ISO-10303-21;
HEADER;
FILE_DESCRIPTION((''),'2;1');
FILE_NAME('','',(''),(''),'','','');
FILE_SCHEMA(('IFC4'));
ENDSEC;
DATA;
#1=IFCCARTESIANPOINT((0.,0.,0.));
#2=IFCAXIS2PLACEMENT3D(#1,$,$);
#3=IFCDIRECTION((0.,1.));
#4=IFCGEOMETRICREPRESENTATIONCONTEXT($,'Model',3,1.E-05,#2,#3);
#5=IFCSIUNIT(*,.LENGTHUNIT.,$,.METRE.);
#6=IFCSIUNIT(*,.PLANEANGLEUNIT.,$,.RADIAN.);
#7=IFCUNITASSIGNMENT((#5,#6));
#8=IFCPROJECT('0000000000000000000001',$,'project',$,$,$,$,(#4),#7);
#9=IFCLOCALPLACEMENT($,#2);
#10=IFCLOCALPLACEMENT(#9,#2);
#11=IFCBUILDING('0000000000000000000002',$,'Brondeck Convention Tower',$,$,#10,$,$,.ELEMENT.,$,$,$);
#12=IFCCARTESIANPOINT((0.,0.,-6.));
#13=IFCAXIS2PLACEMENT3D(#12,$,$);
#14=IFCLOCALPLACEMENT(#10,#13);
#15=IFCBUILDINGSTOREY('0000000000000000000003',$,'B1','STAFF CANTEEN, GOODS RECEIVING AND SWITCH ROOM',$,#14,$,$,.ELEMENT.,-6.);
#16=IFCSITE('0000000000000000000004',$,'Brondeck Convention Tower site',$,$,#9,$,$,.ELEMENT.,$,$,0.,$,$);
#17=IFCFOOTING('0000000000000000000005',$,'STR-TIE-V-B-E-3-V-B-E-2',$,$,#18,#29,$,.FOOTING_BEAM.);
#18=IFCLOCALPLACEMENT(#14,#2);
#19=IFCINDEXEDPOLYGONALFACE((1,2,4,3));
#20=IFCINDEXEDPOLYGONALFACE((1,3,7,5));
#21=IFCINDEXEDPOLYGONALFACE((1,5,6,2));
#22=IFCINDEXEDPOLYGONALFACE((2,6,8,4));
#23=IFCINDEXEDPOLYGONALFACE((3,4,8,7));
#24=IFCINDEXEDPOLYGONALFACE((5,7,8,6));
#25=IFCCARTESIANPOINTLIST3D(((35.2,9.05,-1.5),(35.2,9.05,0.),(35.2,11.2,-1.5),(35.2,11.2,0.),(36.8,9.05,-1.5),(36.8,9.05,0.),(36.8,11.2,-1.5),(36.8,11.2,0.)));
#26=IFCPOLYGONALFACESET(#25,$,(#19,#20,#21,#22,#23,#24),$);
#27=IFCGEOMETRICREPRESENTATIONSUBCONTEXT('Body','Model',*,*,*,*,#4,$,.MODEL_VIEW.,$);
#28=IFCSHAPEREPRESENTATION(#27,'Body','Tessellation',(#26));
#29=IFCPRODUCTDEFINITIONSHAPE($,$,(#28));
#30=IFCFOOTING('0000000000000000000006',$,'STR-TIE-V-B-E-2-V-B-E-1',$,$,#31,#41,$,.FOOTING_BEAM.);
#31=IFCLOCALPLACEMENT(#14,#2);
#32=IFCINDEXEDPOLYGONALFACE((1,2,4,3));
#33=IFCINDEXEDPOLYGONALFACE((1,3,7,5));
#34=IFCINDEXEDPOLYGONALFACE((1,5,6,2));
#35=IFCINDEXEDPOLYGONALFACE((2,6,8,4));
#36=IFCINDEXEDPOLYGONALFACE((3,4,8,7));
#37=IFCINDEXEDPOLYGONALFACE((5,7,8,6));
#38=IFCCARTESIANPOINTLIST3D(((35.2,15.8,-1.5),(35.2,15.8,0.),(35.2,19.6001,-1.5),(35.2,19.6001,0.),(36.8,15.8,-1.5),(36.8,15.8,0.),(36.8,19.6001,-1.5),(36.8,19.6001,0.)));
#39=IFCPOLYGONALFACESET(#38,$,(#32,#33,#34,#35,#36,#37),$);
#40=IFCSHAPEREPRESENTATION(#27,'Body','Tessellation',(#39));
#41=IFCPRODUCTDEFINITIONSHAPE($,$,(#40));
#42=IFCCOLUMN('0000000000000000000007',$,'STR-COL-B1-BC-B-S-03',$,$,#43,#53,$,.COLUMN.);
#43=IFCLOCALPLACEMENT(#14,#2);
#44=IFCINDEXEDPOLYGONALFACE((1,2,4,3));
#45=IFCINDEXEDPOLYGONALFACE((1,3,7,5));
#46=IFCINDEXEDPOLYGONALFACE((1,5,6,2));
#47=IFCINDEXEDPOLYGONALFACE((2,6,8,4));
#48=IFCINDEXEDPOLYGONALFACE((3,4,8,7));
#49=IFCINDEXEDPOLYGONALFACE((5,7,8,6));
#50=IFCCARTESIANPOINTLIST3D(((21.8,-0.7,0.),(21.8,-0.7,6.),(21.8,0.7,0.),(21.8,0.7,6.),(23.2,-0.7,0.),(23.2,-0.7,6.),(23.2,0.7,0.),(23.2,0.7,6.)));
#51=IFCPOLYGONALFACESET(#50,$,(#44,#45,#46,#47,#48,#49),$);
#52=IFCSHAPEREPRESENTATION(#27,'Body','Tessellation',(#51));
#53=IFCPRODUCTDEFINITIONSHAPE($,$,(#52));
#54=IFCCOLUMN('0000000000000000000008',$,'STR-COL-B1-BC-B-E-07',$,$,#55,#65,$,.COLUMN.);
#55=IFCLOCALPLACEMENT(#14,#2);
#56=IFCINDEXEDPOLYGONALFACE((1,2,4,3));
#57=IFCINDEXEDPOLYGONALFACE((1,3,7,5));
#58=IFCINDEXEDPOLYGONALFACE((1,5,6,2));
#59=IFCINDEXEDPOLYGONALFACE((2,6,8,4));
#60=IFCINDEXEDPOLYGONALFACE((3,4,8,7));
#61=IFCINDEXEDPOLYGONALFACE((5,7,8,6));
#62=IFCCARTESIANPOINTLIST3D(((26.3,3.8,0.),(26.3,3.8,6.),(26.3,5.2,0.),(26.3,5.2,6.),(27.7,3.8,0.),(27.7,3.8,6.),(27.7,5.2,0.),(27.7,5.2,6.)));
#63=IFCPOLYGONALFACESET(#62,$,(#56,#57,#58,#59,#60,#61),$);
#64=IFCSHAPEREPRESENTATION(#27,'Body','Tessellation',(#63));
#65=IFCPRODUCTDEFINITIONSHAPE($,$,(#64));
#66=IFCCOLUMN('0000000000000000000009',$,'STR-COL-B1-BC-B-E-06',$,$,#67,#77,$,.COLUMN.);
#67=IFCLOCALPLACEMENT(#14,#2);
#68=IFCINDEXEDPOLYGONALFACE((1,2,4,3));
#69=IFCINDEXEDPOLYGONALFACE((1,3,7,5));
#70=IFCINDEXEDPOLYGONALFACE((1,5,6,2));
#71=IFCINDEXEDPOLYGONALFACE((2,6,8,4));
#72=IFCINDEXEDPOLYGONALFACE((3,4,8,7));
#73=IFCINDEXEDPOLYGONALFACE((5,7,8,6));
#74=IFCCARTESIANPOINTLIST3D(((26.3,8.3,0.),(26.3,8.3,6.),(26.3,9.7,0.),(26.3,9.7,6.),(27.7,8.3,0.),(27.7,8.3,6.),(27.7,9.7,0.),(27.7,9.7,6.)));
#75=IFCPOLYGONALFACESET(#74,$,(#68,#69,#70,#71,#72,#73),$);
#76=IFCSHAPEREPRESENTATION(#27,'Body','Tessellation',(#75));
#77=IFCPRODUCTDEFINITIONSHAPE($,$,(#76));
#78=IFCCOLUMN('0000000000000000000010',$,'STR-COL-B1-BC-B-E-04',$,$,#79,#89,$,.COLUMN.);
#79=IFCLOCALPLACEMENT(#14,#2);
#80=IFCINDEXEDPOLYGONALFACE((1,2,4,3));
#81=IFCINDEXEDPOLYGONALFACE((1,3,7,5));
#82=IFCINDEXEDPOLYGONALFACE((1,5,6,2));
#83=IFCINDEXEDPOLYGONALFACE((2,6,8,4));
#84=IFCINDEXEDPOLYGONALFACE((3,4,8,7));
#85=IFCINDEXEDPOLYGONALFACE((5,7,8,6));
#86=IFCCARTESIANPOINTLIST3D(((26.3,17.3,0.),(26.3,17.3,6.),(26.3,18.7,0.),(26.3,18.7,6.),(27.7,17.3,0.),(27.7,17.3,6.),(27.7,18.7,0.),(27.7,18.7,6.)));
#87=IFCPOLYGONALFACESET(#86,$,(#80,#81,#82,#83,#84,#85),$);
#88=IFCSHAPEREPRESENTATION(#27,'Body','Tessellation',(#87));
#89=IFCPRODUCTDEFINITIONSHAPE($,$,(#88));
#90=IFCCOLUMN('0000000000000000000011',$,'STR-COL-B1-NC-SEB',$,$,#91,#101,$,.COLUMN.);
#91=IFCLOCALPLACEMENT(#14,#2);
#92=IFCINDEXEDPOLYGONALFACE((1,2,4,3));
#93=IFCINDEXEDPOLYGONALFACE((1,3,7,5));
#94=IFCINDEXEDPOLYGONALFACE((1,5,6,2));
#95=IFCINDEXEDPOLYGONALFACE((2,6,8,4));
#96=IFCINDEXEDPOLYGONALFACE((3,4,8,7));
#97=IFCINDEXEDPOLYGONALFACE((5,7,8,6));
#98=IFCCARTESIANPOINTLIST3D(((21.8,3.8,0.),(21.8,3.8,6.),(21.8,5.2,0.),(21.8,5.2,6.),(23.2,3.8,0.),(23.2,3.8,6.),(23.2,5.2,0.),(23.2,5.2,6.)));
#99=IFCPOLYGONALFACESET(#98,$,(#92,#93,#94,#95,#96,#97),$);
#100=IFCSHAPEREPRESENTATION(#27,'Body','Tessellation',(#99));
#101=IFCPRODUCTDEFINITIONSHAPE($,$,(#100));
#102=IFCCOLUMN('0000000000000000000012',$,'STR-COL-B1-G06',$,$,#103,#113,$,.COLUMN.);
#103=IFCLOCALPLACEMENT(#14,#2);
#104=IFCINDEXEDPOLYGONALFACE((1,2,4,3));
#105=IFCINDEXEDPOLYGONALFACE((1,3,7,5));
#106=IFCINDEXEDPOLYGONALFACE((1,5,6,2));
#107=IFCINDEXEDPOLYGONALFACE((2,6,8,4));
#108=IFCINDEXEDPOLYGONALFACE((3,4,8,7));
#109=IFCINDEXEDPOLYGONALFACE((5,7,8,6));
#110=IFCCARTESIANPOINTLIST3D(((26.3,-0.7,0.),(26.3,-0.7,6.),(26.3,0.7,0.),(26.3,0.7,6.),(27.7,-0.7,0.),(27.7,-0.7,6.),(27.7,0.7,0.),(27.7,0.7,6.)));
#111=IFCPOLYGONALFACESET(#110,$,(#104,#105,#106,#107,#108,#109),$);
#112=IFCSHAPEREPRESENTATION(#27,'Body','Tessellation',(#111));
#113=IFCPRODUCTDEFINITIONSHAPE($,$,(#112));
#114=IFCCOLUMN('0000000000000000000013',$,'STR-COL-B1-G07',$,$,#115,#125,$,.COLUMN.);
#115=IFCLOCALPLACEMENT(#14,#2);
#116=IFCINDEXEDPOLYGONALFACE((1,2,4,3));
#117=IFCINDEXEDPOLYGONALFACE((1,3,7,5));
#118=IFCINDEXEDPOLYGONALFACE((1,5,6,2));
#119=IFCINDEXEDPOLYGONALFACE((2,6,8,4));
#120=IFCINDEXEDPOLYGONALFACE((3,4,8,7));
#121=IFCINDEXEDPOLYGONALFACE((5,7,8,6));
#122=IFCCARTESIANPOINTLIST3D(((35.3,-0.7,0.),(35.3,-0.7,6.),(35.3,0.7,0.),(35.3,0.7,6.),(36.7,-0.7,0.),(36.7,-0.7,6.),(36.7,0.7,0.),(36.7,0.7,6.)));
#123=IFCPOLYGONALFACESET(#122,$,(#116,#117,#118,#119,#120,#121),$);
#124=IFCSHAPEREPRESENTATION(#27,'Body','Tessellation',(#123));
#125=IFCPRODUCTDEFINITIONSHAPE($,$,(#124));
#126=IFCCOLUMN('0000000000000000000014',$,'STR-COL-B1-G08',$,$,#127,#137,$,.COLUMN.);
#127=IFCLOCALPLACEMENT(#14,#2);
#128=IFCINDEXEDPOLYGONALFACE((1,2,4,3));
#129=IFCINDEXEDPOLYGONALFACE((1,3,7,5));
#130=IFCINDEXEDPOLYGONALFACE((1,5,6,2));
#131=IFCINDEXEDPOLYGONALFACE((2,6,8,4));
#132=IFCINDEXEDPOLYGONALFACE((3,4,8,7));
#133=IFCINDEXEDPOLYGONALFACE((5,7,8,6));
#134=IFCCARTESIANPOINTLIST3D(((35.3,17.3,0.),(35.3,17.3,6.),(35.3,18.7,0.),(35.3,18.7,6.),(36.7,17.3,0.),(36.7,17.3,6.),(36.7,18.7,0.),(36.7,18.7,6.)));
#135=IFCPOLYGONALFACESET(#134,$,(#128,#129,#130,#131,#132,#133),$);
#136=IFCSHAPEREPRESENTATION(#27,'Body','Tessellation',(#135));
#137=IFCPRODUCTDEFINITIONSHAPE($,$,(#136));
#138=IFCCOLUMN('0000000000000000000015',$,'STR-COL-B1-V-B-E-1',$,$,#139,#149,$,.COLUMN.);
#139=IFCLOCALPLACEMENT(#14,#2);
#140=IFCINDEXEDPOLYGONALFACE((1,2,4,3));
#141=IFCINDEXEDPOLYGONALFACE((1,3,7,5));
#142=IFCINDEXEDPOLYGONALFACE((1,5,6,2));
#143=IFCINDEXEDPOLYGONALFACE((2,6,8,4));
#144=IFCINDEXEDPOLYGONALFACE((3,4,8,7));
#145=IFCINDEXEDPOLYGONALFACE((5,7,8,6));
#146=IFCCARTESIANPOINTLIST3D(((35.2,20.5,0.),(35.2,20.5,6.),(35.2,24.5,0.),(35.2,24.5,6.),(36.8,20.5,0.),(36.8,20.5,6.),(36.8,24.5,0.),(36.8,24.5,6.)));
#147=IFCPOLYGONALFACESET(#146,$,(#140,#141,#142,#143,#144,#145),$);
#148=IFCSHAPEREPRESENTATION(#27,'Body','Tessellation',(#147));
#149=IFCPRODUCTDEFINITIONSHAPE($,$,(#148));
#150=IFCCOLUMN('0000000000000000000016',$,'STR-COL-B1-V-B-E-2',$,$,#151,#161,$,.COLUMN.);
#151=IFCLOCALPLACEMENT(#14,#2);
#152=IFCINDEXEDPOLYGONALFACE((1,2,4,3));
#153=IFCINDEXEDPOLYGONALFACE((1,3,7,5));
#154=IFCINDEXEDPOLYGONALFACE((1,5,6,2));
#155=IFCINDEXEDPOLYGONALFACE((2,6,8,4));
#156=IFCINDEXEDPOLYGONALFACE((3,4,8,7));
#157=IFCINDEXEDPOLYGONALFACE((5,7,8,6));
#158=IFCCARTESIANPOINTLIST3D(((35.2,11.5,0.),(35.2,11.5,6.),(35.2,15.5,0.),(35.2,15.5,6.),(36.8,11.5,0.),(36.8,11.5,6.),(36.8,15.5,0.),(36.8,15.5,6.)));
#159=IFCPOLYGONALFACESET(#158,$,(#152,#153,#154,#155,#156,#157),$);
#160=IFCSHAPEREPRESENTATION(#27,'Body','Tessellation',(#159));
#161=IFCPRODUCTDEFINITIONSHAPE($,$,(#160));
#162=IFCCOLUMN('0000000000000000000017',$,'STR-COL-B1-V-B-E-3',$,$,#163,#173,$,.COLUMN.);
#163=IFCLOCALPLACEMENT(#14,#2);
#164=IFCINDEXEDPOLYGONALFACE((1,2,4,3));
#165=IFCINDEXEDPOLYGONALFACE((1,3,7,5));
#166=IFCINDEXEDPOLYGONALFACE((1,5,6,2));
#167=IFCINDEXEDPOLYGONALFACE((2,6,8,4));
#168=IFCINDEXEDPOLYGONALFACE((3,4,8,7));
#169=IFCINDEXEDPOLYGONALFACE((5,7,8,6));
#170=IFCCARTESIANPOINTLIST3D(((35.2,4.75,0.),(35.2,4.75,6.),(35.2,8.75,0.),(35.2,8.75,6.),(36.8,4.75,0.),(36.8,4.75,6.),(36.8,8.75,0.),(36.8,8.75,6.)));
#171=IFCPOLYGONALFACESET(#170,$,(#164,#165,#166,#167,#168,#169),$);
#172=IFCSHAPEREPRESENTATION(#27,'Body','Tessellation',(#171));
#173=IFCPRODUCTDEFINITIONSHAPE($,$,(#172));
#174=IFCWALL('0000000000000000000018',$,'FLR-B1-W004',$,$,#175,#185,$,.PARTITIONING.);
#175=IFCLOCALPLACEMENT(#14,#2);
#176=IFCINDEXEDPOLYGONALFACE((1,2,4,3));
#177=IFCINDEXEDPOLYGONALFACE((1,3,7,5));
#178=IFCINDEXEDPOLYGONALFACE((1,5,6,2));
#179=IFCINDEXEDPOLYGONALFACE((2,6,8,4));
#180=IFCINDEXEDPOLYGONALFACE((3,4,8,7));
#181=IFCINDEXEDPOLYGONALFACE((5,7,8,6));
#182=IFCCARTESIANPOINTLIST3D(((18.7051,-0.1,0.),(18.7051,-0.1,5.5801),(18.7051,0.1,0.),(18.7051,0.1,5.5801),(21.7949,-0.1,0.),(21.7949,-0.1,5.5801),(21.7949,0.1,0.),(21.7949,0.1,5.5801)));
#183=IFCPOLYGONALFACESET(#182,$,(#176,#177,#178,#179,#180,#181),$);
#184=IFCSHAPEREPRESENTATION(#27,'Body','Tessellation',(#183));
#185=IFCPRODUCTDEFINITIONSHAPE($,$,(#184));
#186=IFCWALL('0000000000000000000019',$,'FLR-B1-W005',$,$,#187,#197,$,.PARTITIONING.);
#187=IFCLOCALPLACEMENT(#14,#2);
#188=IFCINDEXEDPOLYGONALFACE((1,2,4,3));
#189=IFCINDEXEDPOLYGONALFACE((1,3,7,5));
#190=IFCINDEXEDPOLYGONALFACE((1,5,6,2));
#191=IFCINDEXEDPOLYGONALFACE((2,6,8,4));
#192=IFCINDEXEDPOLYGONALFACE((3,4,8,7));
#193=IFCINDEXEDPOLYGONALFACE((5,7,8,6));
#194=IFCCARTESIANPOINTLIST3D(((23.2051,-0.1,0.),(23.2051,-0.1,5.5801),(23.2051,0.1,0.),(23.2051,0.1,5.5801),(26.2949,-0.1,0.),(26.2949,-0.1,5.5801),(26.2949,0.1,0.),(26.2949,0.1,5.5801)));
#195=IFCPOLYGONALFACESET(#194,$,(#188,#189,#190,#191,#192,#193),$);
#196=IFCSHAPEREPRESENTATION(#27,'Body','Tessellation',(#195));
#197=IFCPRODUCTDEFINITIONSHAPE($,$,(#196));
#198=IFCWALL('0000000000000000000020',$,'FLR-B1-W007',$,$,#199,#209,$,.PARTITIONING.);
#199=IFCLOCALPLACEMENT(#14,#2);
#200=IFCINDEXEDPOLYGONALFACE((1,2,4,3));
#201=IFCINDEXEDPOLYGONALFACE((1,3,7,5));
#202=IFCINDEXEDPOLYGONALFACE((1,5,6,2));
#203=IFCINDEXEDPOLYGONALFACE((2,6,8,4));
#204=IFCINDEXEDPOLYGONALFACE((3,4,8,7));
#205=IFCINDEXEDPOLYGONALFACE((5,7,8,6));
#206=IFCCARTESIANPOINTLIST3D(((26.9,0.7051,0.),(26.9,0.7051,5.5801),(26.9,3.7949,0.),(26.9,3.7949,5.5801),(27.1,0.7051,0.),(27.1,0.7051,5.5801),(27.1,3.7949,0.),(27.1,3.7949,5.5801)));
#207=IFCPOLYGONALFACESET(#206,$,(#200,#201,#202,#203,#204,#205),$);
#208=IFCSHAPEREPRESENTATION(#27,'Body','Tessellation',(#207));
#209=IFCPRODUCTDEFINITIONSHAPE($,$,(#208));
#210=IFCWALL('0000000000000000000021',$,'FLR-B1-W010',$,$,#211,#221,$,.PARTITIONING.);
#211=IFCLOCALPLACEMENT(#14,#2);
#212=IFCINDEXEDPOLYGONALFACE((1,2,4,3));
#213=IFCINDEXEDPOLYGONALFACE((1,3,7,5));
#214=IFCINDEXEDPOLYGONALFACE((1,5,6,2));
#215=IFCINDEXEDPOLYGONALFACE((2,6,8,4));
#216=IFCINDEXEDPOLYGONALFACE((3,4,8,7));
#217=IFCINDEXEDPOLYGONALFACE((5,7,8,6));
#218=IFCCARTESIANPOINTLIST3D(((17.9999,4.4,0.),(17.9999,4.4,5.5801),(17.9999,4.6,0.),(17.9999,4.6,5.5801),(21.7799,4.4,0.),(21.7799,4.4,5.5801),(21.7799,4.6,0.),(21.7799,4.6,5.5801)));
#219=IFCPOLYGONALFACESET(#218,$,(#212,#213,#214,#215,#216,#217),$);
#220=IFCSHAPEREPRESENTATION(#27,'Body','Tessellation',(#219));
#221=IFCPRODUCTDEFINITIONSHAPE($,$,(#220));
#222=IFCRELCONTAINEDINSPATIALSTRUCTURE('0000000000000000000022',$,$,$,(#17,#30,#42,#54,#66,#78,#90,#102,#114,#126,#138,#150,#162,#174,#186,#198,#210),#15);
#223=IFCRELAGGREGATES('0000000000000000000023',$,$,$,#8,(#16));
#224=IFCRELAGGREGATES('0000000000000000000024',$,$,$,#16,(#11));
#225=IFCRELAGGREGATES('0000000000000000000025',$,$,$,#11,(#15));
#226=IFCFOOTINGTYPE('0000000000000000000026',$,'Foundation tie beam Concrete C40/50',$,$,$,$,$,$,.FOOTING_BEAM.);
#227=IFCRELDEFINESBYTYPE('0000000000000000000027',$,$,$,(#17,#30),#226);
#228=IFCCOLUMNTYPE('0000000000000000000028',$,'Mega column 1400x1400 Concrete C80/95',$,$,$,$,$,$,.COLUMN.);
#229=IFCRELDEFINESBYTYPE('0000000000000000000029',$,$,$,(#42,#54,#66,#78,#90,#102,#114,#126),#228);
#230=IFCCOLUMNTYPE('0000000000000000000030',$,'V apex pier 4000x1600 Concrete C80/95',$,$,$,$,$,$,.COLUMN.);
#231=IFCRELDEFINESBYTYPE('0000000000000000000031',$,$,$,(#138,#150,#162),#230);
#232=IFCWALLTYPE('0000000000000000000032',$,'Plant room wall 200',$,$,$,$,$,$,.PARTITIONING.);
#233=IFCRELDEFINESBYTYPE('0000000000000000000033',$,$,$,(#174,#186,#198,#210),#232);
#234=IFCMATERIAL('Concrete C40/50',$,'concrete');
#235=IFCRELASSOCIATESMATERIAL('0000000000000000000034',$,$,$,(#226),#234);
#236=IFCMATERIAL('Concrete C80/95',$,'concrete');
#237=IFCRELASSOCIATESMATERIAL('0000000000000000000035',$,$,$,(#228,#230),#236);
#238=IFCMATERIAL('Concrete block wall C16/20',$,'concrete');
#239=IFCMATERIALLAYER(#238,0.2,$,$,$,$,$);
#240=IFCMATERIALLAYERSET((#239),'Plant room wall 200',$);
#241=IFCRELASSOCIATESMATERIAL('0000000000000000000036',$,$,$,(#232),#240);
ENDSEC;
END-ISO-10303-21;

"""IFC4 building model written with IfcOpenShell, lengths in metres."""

from ifc_helpers import new_model, si_unit, direction, frame, frame_2d, origin, origin_2d, place, context, subcontext, project, spatial, rectangle, extrude, material, layer, layer_set, material_profile, profile_set, type_object, element, save


model = new_model("IFC4")

# Units and contexts
model_context = context("Model", 3, precision=1e-05, world=origin(), true_north=direction((0.0, 1.0)))
body_context = subcontext(model_context, "Body", "Model", "MODEL_VIEW")
ifc_project = project(units=[si_unit("LENGTHUNIT", "METRE"), si_unit("PLANEANGLEUNIT", "RADIAN")], contexts=[model_context])

# Site, building, storey
site_placement = place(None, origin())
site = spatial("IfcSite", under=ifc_project, at=site_placement, Name="Brondeck Convention Tower site", CompositionType="ELEMENT", RefElevation=0.0)
building_placement = place(site_placement, origin())
building = spatial("IfcBuilding", under=site, at=building_placement, Name="Brondeck Convention Tower", CompositionType="ELEMENT")
storey_placement = place(building_placement, frame((0.0, 0.0, -6.0)))
storey = spatial("IfcBuildingStorey", under=building, at=storey_placement, Name="B1", Description="STAFF CANTEEN, GOODS RECEIVING AND SWITCH ROOM", CompositionType="ELEMENT", Elevation=-6.0)

# Shared definitions
ifc_material_1 = material(Name="Concrete C40/50", Category="concrete")

# Footings
ifc_material_profile_1 = material_profile(ifc_material_1, rectangle(XDim=1.6001, YDim=1.5, at=origin_2d()), Name="Foundation tie beam Concrete C40/50")
ifc_profile_set_1 = profile_set([ifc_material_profile_1], Name="Concrete C40/50")
footing_type = type_object("IfcFootingType", Name="Foundation tie beam Concrete C40/50", PredefinedType="FOOTING_BEAM", material=ifc_profile_set_1)
footing_1_placement = place(storey_placement, frame((36.0, 9.05, -0.75), z_axis=(0.0, 1.0, 0.0), x_axis=(-1.0, 0.0, 0.0)))
element("IfcFooting", 1, at=footing_1_placement, inside=storey, type_object=footing_type, Name="STR-TIE-V-B-E-3-V-B-E-2", PredefinedType="FOOTING_BEAM", context=body_context, shape_type="SweptSolid", body=[
    extrude(rectangle(XDim=1.6001, YDim=1.5, at=origin_2d()), origin(), (0.0, 0.0, 1.0), 2.1499),
])
footing_2_placement = place(storey_placement, frame((36.0, 15.8, -0.75), z_axis=(0.0, 1.0, 0.0), x_axis=(-1.0, 0.0, 0.0)))
element("IfcFooting", 2, at=footing_2_placement, inside=storey, type_object=footing_type, Name="STR-TIE-V-B-E-2-V-B-E-1", PredefinedType="FOOTING_BEAM", context=body_context, shape_type="SweptSolid", body=[
    extrude(rectangle(XDim=1.6001, YDim=1.5, at=origin_2d()), origin(), (0.0, 0.0, 1.0), 3.8),
])

# Columns
ifc_material_2 = material(Name="Concrete C80/95", Category="concrete")
ifc_material_profile_2 = material_profile(ifc_material_2, rectangle(XDim=1.3999, YDim=1.3999, at=origin_2d()), Name="Mega column 1400x1400 Concrete C80/95")
ifc_profile_set_2 = profile_set([ifc_material_profile_2], Name="Concrete C80/95")
column_type_1 = type_object("IfcColumnType", Name="Mega column 1400x1400 Concrete C80/95", PredefinedType="COLUMN", material=ifc_profile_set_2)
for number, where, z_axis, x_axis, name in (
    (3, (22.5, 0.0, 0.0), (0.0, 0.0, 1.0), (1.0, 0.0, 0.0), "STR-COL-B1-BC-B-S-03"),
    (4, (27.0, 4.5, 0.0), (0.0, 0.0, 1.0), (1.0, 0.0, 0.0), "STR-COL-B1-BC-B-E-07"),
    (5, (27.0, 9.0, 0.0), (0.0, 0.0, 1.0), (1.0, 0.0, 0.0), "STR-COL-B1-BC-B-E-06"),
    (6, (27.0, 18.0, 0.0), (0.0, 0.0, 1.0), (1.0, 0.0, 0.0), "STR-COL-B1-BC-B-E-04"),
    (7, (22.5, 4.5, 0.0), (0.0, 0.0, 1.0), (1.0, 0.0, 0.0), "STR-COL-B1-NC-SEB"),
    (8, (27.0, 0.0, 0.0), (0.0, 0.0, 1.0), (1.0, 0.0, 0.0), "STR-COL-B1-G06"),
    (9, (36.0, 0.0, 0.0), (0.0, 0.0, 1.0), (1.0, 0.0, 0.0), "STR-COL-B1-G07"),
    (10, (36.0, 18.0, 0.0), (0.0, 0.0, 1.0), (1.0, 0.0, 0.0), "STR-COL-B1-G08"),
):
    element("IfcColumn", number, at=place(storey_placement, frame(where, z_axis=z_axis, x_axis=x_axis)), inside=storey, type_object=column_type_1, Name=name, PredefinedType="COLUMN", context=body_context, shape_type="SweptSolid", body=[
        extrude(rectangle(XDim=1.3999, YDim=1.3999, at=origin_2d()), origin(), (0.0, 0.0, 1.0), 6.0),
    ])
ifc_material_profile_3 = material_profile(ifc_material_2, rectangle(XDim=4.0, YDim=1.6001, at=origin_2d()), Name="V apex pier 4000x1600 Concrete C80/95")
ifc_profile_set_3 = profile_set([ifc_material_profile_3], Name="Concrete C80/95")
column_type_2 = type_object("IfcColumnType", Name="V apex pier 4000x1600 Concrete C80/95", PredefinedType="COLUMN", material=ifc_profile_set_3)
for number, where, z_axis, x_axis, name in (
    (11, (36.0, 22.5, 0.0), (0.0, 0.0, 1.0), (0.0, 1.0, 0.0), "STR-COL-B1-V-B-E-1"),
    (12, (36.0, 13.5, 0.0), (0.0, 0.0, 1.0), (0.0, 1.0, 0.0), "STR-COL-B1-V-B-E-2"),
    (13, (36.0, 6.75, 0.0), (0.0, 0.0, 1.0), (0.0, 1.0, 0.0), "STR-COL-B1-V-B-E-3"),
):
    element("IfcColumn", number, at=place(storey_placement, frame(where, z_axis=z_axis, x_axis=x_axis)), inside=storey, type_object=column_type_2, Name=name, PredefinedType="COLUMN", context=body_context, shape_type="SweptSolid", body=[
        extrude(rectangle(XDim=4.0, YDim=1.6001, at=origin_2d()), origin(), (0.0, 0.0, 1.0), 6.0),
    ])

# Walls
ifc_material_3 = material(Name="Concrete block wall C16/20", Category="concrete")
ifc_layer = layer(ifc_material_3, 0.2)
ifc_layer_set = layer_set([ifc_layer], Name="Plant room wall 200")
wall_type = type_object("IfcWallType", Name="Plant room wall 200", PredefinedType="PARTITIONING", material=ifc_layer_set)
for number, where, z_axis, x_axis, name in (
    (14, (21.7949, 0.0, 0.0), (0.0, 0.0, 1.0), (-1.0, 0.0, 0.0), "FLR-B1-W004"),
    (15, (26.2949, 0.0, 0.0), (0.0, 0.0, 1.0), (-1.0, 0.0, 0.0), "FLR-B1-W005"),
    (16, (27.0, 3.7949, 0.0), (0.0, 0.0, 1.0), (0.0, -1.0, 0.0), "FLR-B1-W007"),
):
    element("IfcWall", number, at=place(storey_placement, frame(where, z_axis=z_axis, x_axis=x_axis)), inside=storey, type_object=wall_type, Name=name, PredefinedType="PARTITIONING", context=body_context, shape_type="SweptSolid", body=[
        extrude(rectangle(XDim=3.0898, YDim=0.2, at=frame_2d((1.5449, 0.0))), origin(), (0.0, 0.0, 1.0), 5.5801),
    ])
wall_1_placement = place(storey_placement, frame((21.78, 4.5, 0.0), z_axis=(0.0, 0.0, 1.0), x_axis=(-1.0, 0.0, 0.0)))
element("IfcWall", 17, at=wall_1_placement, inside=storey, type_object=wall_type, Name="FLR-B1-W010", PredefinedType="PARTITIONING", context=body_context, shape_type="SweptSolid", body=[
    extrude(rectangle(XDim=3.78, YDim=0.2, at=frame_2d((1.8901, 0.0))), origin(), (0.0, 0.0, 1.0), 5.5801),
])

save(model, "model.ifc")
